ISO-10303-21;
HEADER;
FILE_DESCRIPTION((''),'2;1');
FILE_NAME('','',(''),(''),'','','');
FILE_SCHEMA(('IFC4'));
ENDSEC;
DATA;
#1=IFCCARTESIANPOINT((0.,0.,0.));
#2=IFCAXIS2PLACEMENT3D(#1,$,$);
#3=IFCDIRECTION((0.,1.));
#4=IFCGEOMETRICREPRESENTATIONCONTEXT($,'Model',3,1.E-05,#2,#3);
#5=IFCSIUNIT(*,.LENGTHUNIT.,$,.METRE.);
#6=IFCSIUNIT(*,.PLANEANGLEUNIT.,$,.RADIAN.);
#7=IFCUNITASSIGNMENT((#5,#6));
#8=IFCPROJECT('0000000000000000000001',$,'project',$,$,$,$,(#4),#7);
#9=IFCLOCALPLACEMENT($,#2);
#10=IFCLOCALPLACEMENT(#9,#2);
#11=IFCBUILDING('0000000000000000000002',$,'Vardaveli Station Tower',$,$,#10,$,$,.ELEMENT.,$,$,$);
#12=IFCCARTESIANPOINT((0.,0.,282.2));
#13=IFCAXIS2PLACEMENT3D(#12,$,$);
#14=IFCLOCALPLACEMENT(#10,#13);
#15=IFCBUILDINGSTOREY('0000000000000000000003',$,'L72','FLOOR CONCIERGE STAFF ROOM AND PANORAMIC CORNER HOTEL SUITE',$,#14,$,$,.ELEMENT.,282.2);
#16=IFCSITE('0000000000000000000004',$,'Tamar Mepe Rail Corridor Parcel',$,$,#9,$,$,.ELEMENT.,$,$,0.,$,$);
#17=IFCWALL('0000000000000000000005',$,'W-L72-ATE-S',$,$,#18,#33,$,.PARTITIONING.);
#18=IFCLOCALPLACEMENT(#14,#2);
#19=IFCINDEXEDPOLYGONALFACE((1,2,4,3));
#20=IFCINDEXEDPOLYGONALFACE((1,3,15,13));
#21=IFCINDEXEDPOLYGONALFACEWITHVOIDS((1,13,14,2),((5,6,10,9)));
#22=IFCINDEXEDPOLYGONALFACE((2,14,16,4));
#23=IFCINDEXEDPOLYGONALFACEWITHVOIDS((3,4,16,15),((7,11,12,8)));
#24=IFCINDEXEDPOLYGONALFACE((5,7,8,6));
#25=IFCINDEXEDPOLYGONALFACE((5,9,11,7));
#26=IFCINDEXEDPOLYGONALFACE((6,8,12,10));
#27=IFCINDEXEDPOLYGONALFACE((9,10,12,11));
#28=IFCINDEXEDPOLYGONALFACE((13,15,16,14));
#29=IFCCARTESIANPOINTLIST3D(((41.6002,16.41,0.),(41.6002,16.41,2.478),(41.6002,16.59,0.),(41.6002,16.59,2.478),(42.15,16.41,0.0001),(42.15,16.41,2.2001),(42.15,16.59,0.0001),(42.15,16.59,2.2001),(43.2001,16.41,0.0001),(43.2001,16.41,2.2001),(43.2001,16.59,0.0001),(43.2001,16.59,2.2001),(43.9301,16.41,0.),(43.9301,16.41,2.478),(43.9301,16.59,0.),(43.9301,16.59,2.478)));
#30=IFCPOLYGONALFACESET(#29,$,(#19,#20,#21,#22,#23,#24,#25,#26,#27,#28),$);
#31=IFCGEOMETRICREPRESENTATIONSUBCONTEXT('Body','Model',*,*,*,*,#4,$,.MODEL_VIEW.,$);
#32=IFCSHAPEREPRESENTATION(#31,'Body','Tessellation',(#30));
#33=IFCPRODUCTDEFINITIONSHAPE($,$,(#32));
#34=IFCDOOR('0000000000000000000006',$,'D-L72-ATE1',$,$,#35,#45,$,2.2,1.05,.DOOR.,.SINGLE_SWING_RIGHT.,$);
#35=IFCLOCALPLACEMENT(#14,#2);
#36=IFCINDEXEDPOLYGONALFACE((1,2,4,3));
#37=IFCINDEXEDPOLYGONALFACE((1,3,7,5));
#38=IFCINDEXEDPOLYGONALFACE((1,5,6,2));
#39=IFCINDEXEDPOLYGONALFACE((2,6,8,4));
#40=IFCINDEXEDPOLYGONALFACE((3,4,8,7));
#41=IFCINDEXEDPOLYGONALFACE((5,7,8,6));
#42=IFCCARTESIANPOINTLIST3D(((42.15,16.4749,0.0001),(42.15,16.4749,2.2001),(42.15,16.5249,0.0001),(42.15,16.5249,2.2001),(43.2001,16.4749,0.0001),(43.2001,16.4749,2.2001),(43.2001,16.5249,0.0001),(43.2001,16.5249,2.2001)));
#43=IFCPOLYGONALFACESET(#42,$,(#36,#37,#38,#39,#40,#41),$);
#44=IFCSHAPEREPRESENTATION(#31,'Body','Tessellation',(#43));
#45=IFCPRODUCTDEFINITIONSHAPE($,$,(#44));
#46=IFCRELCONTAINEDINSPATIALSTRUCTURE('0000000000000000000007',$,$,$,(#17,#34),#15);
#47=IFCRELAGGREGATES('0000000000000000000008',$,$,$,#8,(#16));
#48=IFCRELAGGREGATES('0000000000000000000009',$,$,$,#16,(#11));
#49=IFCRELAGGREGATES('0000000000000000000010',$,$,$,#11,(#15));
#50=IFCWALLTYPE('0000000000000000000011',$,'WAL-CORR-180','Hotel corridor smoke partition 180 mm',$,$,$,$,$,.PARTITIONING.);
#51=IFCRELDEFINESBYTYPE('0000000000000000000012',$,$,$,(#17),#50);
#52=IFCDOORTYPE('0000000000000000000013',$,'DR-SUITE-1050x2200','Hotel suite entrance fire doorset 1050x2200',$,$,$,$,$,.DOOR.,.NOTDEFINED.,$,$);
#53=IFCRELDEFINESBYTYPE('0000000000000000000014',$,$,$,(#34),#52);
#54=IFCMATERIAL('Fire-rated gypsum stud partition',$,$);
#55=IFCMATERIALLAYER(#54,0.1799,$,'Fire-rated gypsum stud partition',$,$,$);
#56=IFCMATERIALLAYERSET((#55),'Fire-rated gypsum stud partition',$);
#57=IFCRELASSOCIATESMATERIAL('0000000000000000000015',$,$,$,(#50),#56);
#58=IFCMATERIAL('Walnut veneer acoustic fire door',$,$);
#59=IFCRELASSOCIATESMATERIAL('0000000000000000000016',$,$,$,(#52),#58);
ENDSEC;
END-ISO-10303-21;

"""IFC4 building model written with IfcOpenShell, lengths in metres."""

from ifc_helpers import new_model, si_unit, direction, frame, frame_2d, origin, place, context, subcontext, project, spatial, rectangle, extrude, source, transform, mapped, material, layer, layer_set, type_object, element, fill, save


model = new_model("IFC4")

# Units and contexts
model_context = context("Model", 3, precision=1e-05, world=origin(), true_north=direction((0.0, 1.0)))
body_context = subcontext(model_context, "Body", "Model", "MODEL_VIEW")
ifc_project = project(units=[si_unit("LENGTHUNIT", "METRE"), si_unit("PLANEANGLEUNIT", "RADIAN")], contexts=[model_context])

# Site, building, storey
site_placement = place(None, origin())
site = spatial("IfcSite", under=ifc_project, at=site_placement, Name="Tamar Mepe Rail Corridor Parcel", CompositionType="ELEMENT", RefElevation=0.0)
building_placement = place(site_placement, origin())
building = spatial("IfcBuilding", under=site, at=building_placement, Name="Vardaveli Station Tower", CompositionType="ELEMENT")
storey_placement = place(building_placement, frame((0.0, 0.0, 282.2)))
storey = spatial("IfcBuildingStorey", under=building, at=storey_placement, Name="L72", Description="FLOOR CONCIERGE STAFF ROOM AND PANORAMIC CORNER HOTEL SUITE", CompositionType="ELEMENT", Elevation=282.2)

# Wall, opening, door
ifc_material_1 = material(Name="Fire-rated gypsum stud partition")
ifc_layer_1 = layer(ifc_material_1, 0.1799, Name="Fire-rated gypsum stud partition")
ifc_layer_set_1 = layer_set([ifc_layer_1], Name="Fire-rated gypsum stud partition")
wall_type_1 = type_object("IfcWallType", Name="WAL-CORR-180", Description="Hotel corridor smoke partition 180 mm", PredefinedType="PARTITIONING", material=ifc_layer_set_1)
shared_shape_1 = source(origin(), body_context, "Body", "SweptSolid", [
    extrude(rectangle(XDim=2.3298, YDim=0.1799, at=frame_2d((1.165, 0.0))), origin(), (0.0, 0.0, 1.0), 2.478),
])
wall_1_placement = place(storey_placement, frame((41.6001, 16.5, 0.0), z_axis=(0.0, 0.0, 1.0), x_axis=(1.0, 0.0, 0.0)))
wall_1 = element("IfcWall", 1, at=wall_1_placement, inside=storey, type_object=wall_type_1, Name="W-L72-ATE-S", PredefinedType="PARTITIONING", context=body_context, shape_type="MappedRepresentation", body=[
    mapped(shared_shape_1, transform((0.0, 0.0, 0.0), scale=1.0)),
])
shared_shape_2 = source(origin(), body_context, "Body", "SweptSolid", [
    extrude(rectangle(XDim=1.05, YDim=2.2, at=frame_2d((0.5249, 1.1001))), frame((0.0, 0.1001, 0.0), z_axis=(0.0, -1.0, 0.0), x_axis=(1.0, 0.0, 0.0)), (0.0, 0.0, 1.0), 0.2),
])
opening_1_placement = place(wall_1_placement, frame((0.55, 0.0, 0.0)))
opening_1 = element("IfcOpeningElement", 2, at=opening_1_placement, cuts=wall_1, PredefinedType="OPENING", context=body_context, shape_type="MappedRepresentation", body=[
    mapped(shared_shape_2, transform((0.0, 0.0, 0.0), scale=1.0)),
])
ifc_material_2 = material(Name="Walnut veneer acoustic fire door")
door_type_1 = type_object("IfcDoorType", Name="DR-SUITE-1050x2200", Description="Hotel suite entrance fire doorset 1050x2200", OperationType="NOTDEFINED", PredefinedType="DOOR", material=ifc_material_2)
shared_shape_3 = source(origin(), body_context, "Body", "SweptSolid", [
    extrude(rectangle(XDim=1.05, YDim=2.2, at=frame_2d((0.5249, 1.1001))), frame((0.0, 0.0249, 0.0), z_axis=(0.0, -1.0, 0.0), x_axis=(1.0, 0.0, 0.0)), (0.0, 0.0, 1.0), 0.05),
])
door_1_placement = place(opening_1_placement, origin())
door_1 = element("IfcDoor", 3, at=door_1_placement, inside=storey, type_object=door_type_1, Name="D-L72-ATE1", OperationType="SINGLE_SWING_RIGHT", OverallHeight=2.2, OverallWidth=1.05, PredefinedType="DOOR", context=body_context, shape_type="MappedRepresentation", body=[
    mapped(shared_shape_3, transform((0.0, 0.0, 0.0), scale=1.0)),
])
fill(opening_1, door_1)

save(model, "model.ifc")
